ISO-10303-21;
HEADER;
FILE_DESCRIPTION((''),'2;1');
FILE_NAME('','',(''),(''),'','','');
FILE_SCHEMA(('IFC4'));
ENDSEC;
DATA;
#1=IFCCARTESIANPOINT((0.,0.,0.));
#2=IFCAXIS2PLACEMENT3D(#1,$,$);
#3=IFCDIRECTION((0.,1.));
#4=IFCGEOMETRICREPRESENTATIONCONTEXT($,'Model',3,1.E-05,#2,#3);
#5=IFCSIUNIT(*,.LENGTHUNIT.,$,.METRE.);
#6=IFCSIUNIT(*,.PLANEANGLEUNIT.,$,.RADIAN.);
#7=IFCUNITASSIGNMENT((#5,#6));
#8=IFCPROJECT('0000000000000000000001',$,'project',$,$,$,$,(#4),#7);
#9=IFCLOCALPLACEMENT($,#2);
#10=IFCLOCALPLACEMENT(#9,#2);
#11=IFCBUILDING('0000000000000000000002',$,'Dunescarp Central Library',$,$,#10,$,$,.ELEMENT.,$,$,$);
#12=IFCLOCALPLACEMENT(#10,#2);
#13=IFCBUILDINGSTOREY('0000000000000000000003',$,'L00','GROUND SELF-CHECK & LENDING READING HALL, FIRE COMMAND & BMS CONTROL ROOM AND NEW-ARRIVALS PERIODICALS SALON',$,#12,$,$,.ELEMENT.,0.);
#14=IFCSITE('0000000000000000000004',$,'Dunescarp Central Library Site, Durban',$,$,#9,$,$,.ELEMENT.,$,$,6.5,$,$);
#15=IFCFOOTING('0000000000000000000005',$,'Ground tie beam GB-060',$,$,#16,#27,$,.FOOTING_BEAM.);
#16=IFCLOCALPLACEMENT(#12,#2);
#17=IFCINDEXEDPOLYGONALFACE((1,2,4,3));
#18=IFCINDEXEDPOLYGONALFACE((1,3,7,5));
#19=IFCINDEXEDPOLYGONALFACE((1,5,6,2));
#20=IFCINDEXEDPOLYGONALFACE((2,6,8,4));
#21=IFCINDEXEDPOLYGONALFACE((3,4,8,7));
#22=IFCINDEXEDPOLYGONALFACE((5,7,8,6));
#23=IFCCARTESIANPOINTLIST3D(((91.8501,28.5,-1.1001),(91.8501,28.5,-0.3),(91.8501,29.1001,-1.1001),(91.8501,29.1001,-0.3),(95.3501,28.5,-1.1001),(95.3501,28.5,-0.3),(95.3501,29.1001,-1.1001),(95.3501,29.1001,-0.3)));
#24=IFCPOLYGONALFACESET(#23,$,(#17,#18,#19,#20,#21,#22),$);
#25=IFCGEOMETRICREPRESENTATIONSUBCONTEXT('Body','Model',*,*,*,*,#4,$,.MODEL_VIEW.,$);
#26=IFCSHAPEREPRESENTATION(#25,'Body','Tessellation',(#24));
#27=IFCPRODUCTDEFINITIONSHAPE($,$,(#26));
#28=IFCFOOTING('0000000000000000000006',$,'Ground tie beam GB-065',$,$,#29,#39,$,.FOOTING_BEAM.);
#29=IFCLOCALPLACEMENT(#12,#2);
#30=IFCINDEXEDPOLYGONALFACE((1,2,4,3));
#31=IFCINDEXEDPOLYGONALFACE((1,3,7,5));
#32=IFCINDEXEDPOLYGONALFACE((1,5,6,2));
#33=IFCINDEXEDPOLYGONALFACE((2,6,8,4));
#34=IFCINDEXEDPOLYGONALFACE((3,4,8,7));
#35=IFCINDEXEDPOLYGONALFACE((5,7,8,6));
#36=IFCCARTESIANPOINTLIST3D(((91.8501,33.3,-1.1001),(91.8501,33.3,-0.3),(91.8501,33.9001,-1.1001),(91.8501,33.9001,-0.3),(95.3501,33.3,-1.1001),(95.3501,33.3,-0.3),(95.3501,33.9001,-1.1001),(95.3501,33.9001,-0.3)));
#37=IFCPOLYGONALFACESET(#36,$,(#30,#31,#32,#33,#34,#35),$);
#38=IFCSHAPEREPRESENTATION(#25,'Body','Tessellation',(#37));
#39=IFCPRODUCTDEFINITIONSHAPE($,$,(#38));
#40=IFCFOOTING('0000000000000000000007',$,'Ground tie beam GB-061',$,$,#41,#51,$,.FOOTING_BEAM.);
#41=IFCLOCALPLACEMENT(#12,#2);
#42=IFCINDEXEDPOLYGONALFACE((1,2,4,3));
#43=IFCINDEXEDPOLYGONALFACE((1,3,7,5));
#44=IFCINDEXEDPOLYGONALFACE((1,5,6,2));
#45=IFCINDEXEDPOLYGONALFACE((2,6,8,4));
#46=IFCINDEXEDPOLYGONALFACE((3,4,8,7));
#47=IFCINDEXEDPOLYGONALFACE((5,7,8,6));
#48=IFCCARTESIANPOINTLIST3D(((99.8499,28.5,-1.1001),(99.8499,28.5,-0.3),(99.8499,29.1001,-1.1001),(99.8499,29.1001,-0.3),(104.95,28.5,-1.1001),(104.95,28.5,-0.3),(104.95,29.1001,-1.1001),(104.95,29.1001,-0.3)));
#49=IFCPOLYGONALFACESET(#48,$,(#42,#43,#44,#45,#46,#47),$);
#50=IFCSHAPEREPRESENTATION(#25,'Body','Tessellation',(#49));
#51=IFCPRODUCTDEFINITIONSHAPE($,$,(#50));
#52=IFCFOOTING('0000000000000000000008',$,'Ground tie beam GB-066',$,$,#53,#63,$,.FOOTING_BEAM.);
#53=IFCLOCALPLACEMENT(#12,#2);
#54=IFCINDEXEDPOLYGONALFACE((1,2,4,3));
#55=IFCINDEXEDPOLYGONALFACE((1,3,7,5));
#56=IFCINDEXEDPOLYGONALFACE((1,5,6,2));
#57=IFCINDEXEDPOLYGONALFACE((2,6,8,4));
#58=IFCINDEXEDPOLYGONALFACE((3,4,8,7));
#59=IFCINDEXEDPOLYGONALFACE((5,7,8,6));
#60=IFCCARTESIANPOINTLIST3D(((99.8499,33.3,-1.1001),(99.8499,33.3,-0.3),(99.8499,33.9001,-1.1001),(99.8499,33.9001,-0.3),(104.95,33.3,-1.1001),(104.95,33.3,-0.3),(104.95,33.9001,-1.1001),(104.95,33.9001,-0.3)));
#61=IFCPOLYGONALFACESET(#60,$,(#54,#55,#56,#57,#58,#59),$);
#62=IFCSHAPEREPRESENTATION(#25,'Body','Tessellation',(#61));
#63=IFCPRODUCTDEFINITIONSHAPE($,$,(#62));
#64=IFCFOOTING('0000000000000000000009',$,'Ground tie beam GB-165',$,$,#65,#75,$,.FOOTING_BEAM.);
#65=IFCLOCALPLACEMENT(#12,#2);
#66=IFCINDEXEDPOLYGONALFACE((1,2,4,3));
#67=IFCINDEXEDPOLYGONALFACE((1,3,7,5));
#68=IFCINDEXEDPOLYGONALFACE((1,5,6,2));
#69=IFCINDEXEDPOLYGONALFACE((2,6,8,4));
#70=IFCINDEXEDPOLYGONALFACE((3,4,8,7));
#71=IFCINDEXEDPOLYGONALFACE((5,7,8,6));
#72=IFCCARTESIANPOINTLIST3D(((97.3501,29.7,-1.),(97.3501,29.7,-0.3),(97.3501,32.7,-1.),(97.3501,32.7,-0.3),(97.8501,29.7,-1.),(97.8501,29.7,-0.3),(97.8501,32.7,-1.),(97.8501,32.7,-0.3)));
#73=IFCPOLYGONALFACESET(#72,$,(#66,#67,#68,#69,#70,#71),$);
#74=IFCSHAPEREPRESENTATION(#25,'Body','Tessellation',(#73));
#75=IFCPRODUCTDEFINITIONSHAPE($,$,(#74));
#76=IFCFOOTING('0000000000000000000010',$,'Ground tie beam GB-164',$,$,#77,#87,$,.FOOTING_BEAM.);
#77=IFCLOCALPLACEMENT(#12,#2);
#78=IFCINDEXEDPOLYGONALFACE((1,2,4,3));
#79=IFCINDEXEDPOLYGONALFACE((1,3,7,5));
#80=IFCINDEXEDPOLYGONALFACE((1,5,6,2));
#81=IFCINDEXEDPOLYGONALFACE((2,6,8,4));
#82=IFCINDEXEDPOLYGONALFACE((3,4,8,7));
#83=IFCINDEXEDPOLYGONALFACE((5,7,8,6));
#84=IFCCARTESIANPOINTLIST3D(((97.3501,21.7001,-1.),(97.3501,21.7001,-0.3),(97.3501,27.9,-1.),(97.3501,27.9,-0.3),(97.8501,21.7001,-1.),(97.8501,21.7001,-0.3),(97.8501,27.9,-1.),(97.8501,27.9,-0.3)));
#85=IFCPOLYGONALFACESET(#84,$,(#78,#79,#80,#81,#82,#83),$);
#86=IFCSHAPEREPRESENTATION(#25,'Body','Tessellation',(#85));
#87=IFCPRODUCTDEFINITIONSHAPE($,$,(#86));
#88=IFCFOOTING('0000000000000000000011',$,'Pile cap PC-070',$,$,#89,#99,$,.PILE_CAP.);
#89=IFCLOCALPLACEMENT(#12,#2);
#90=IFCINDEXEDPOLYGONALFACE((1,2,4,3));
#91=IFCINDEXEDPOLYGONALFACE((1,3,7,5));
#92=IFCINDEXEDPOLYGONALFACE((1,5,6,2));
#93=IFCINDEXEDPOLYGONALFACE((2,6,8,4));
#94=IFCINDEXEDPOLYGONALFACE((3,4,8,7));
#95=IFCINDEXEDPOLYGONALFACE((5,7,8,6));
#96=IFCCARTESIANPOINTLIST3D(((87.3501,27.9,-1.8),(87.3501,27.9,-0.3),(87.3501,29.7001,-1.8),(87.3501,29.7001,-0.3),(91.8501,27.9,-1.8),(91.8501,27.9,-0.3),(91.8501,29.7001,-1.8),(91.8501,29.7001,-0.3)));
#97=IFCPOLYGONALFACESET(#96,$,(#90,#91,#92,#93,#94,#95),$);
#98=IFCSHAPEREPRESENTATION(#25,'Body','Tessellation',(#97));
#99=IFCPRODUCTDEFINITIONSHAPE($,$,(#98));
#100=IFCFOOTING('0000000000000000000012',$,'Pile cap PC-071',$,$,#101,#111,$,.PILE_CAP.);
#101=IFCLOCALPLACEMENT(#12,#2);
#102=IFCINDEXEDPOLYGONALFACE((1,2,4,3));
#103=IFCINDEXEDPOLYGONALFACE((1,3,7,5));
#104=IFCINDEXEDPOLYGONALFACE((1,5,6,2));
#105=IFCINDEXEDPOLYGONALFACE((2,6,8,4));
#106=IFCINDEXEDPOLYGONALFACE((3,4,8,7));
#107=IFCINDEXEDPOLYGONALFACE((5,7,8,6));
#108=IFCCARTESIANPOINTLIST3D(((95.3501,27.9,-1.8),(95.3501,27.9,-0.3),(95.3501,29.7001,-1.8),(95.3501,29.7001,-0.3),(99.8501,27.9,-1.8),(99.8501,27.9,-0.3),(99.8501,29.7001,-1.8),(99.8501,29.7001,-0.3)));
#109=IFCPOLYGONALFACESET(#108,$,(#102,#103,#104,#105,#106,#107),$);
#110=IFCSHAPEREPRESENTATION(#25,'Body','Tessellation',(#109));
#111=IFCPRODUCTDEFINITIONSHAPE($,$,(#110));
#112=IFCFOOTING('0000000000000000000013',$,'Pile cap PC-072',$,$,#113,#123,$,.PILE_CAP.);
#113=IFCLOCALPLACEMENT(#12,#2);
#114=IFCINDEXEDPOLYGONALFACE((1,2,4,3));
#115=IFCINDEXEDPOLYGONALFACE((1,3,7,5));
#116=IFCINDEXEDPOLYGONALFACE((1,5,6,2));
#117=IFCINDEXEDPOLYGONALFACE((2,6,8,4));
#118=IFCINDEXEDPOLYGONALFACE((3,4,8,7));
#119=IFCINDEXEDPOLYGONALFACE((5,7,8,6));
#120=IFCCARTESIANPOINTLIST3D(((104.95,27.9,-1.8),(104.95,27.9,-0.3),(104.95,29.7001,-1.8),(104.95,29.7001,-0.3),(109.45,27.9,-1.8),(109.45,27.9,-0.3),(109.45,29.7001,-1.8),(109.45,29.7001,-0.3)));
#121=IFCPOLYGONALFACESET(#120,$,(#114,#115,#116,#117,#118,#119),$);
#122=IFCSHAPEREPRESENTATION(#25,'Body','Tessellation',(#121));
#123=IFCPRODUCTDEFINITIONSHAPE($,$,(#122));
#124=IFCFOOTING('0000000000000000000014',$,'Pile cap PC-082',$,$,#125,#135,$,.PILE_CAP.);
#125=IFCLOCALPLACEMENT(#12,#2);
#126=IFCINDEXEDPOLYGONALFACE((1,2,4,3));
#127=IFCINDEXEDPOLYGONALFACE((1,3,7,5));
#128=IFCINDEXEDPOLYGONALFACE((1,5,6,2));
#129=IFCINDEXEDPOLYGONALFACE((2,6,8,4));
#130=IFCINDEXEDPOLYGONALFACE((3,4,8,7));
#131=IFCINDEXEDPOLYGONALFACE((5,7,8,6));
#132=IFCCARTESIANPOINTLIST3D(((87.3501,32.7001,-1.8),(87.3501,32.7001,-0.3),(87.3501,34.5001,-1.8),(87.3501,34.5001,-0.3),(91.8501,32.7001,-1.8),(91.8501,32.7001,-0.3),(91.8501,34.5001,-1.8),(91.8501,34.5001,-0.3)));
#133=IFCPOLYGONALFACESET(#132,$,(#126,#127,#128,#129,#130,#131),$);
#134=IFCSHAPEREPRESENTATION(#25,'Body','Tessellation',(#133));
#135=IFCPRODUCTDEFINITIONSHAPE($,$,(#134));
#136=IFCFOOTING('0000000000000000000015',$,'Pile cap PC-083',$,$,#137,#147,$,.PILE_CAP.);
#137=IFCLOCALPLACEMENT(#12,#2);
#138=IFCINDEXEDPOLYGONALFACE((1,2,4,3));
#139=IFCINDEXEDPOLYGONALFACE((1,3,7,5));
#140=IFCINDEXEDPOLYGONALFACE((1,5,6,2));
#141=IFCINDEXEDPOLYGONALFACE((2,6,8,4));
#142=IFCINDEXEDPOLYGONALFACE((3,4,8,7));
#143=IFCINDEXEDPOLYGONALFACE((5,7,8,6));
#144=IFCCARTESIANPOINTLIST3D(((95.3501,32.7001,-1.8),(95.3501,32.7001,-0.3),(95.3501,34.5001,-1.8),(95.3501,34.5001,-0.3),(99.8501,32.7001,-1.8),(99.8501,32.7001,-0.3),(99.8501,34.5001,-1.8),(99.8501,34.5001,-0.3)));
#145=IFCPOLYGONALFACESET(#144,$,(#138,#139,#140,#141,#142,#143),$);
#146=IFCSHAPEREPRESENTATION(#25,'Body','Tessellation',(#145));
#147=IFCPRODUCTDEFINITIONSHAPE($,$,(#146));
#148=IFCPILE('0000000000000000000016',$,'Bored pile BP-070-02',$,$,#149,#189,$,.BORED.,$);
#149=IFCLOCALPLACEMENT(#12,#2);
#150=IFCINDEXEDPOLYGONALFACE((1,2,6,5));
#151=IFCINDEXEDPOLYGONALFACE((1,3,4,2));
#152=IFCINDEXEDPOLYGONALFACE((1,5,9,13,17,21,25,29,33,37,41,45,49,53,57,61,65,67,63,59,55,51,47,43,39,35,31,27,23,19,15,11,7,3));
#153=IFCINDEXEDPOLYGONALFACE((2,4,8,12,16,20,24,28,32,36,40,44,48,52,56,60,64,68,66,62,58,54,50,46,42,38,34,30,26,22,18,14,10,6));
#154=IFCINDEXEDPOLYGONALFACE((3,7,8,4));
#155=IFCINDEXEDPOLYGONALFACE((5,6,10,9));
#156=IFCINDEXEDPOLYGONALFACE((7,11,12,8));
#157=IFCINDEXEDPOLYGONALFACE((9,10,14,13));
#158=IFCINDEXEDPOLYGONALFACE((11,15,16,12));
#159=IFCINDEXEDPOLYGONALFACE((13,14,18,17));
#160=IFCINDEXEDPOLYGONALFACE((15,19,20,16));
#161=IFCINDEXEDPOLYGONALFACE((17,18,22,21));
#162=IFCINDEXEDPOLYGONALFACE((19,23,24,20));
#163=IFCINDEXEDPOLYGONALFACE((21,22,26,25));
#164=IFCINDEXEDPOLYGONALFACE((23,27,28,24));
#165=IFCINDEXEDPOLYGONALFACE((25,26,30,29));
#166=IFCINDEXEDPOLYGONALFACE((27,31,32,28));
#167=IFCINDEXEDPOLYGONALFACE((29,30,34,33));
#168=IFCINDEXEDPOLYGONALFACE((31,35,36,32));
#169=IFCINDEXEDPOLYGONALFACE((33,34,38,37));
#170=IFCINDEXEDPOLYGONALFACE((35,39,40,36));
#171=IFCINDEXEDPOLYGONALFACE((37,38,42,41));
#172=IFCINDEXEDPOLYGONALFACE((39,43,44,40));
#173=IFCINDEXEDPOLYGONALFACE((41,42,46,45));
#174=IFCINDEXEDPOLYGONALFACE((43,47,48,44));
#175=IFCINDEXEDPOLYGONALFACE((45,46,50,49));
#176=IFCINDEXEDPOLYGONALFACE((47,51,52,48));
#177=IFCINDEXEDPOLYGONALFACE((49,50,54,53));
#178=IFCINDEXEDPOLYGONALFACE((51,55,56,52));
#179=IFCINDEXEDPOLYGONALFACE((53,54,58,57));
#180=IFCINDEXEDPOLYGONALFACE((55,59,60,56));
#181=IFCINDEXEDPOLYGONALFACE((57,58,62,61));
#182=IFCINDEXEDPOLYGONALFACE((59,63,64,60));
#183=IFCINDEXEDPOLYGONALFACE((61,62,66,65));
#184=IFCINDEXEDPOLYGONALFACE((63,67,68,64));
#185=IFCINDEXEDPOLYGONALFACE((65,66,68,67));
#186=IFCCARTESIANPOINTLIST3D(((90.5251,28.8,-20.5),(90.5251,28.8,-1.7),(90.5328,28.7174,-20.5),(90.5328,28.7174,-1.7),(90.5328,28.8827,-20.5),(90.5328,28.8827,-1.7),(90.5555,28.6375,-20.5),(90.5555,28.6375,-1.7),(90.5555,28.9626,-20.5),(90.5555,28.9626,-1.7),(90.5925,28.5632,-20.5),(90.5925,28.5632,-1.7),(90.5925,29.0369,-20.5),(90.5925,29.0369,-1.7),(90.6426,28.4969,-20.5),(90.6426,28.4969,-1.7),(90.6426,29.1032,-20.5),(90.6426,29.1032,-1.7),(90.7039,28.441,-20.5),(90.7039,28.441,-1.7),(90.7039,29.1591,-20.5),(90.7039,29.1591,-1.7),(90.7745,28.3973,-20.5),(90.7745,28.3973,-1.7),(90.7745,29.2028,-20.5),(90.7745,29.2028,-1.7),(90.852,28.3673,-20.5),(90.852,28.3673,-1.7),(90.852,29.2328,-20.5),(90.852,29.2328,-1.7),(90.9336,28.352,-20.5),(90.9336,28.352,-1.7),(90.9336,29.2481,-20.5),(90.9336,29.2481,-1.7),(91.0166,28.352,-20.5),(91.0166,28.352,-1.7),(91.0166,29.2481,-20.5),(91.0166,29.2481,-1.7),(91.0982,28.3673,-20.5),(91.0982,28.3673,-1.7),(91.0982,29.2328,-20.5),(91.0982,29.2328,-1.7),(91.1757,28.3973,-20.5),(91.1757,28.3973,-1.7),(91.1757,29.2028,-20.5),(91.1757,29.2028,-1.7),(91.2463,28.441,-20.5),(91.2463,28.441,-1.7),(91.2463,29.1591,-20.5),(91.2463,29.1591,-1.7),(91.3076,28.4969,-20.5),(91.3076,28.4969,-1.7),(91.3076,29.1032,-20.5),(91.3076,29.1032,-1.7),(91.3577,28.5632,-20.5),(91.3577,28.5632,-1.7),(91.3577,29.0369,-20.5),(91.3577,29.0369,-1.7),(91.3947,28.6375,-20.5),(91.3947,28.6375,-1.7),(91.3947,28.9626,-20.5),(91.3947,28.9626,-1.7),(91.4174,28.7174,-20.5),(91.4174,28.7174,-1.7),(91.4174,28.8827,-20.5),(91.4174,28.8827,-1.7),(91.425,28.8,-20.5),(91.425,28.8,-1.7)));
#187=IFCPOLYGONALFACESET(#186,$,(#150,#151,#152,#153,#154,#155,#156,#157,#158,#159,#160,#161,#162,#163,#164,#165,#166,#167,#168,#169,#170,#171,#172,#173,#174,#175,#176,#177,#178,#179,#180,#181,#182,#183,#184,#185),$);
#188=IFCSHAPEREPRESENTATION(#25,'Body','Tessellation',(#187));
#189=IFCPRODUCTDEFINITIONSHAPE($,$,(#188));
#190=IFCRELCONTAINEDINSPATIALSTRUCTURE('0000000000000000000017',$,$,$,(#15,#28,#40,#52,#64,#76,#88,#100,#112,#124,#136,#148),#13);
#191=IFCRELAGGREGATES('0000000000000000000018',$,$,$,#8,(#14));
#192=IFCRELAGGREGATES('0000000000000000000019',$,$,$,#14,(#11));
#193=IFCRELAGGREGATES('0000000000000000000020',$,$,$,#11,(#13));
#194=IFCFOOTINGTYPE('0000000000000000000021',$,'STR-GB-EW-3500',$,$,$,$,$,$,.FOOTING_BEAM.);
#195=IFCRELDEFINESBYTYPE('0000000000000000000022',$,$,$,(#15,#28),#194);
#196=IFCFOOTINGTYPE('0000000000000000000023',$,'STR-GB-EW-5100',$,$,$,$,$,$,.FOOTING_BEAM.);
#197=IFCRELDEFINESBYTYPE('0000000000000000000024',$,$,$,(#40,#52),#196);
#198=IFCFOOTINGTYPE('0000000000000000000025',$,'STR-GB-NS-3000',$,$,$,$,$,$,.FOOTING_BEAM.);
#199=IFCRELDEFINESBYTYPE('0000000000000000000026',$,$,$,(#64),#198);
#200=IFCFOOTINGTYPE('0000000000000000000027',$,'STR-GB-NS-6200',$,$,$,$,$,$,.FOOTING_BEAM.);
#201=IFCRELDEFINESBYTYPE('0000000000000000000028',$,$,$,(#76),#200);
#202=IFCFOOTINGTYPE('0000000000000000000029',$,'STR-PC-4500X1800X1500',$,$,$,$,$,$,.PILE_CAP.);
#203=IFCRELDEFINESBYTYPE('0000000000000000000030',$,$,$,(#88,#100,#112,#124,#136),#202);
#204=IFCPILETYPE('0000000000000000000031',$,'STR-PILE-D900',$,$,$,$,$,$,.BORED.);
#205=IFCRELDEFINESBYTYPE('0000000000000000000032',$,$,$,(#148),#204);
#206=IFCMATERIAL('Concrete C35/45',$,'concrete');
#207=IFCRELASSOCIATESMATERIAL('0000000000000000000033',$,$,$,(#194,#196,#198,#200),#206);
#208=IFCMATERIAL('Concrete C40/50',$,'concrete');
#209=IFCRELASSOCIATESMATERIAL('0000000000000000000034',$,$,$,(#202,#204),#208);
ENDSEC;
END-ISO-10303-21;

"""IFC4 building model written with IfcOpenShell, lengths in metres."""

from ifc_helpers import new_model, si_unit, direction, frame, origin, origin_2d, place, context, subcontext, project, spatial, rectangle, circle, extrude, material, material_profile, profile_set, type_object, element, save


model = new_model("IFC4")

# Units and contexts
model_context = context("Model", 3, precision=1e-05, world=origin(), true_north=direction((0.0, 1.0)))
body_context = subcontext(model_context, "Body", "Model", "MODEL_VIEW")
ifc_project = project(units=[si_unit("LENGTHUNIT", "METRE"), si_unit("PLANEANGLEUNIT", "RADIAN")], contexts=[model_context])

# Site, building, storey
site_placement = place(None, origin())
site = spatial("IfcSite", under=ifc_project, at=site_placement, Name="Dunescarp Central Library Site, Durban", CompositionType="ELEMENT", RefElevation=6.5)
building_placement = place(site_placement, origin())
building = spatial("IfcBuilding", under=site, at=building_placement, Name="Dunescarp Central Library", CompositionType="ELEMENT")
storey_placement = place(building_placement, origin())
storey = spatial("IfcBuildingStorey", under=building, at=storey_placement, Name="L00", Description="GROUND SELF-CHECK & LENDING READING HALL, FIRE COMMAND & BMS CONTROL ROOM AND NEW-ARRIVALS PERIODICALS SALON", CompositionType="ELEMENT", Elevation=0.0)

# Footings
ifc_material_1 = material(Name="Concrete C35/45", Category="concrete")
footing_type_1 = type_object("IfcFootingType", Name="STR-GB-EW-3500", PredefinedType="FOOTING_BEAM", material=ifc_material_1)
for number, where, z_axis, x_axis, name in (
    (1, (93.6001, 28.8, -1.1001), (0.0, 0.0, 1.0), (1.0, 0.0, 0.0), "Ground tie beam GB-060"),
    (2, (93.6001, 33.6001, -1.1001), (0.0, 0.0, 1.0), (1.0, 0.0, 0.0), "Ground tie beam GB-065"),
):
    element("IfcFooting", number, at=place(storey_placement, frame(where, z_axis=z_axis, x_axis=x_axis)), inside=storey, type_object=footing_type_1, Name=name, PredefinedType="FOOTING_BEAM", context=body_context, shape_type="SweptSolid", body=[
        extrude(rectangle(XDim=3.5, YDim=0.6001, at=origin_2d()), origin(), (0.0, 0.0, 1.0), 0.8),
    ])
footing_type_2 = type_object("IfcFootingType", Name="STR-GB-EW-5100", PredefinedType="FOOTING_BEAM", material=ifc_material_1)
for number, where, z_axis, x_axis, name in (
    (3, (102.3999, 28.8, -1.1001), (0.0, 0.0, 1.0), (1.0, 0.0, 0.0), "Ground tie beam GB-061"),
    (4, (102.3999, 33.6001, -1.1001), (0.0, 0.0, 1.0), (1.0, 0.0, 0.0), "Ground tie beam GB-066"),
):
    element("IfcFooting", number, at=place(storey_placement, frame(where, z_axis=z_axis, x_axis=x_axis)), inside=storey, type_object=footing_type_2, Name=name, PredefinedType="FOOTING_BEAM", context=body_context, shape_type="SweptSolid", body=[
        extrude(rectangle(XDim=5.1001, YDim=0.6001, at=origin_2d()), origin(), (0.0, 0.0, 1.0), 0.8),
    ])
footing_type_3 = type_object("IfcFootingType", Name="STR-GB-NS-3000", PredefinedType="FOOTING_BEAM", material=ifc_material_1)
footing_1_placement = place(storey_placement, frame((97.6001, 31.2, -1.0), z_axis=(0.0, 0.0, 1.0), x_axis=(0.0, 1.0, 0.0)))
element("IfcFooting", 5, at=footing_1_placement, inside=storey, type_object=footing_type_3, Name="Ground tie beam GB-165", PredefinedType="FOOTING_BEAM", context=body_context, shape_type="SweptSolid", body=[
    extrude(rectangle(XDim=3.0, YDim=0.5, at=origin_2d()), origin(), (0.0, 0.0, 1.0), 0.7),
])
footing_type_4 = type_object("IfcFootingType", Name="STR-GB-NS-6200", PredefinedType="FOOTING_BEAM", material=ifc_material_1)
footing_2_placement = place(storey_placement, frame((97.6001, 24.8, -1.0), z_axis=(0.0, 0.0, 1.0), x_axis=(0.0, 1.0, 0.0)))
element("IfcFooting", 6, at=footing_2_placement, inside=storey, type_object=footing_type_4, Name="Ground tie beam GB-164", PredefinedType="FOOTING_BEAM", context=body_context, shape_type="SweptSolid", body=[
    extrude(rectangle(XDim=6.2, YDim=0.5, at=origin_2d()), origin(), (0.0, 0.0, 1.0), 0.7),
])
ifc_material_2 = material(Name="Concrete C40/50", Category="concrete")
footing_type_5 = type_object("IfcFootingType", Name="STR-PC-4500X1800X1500", PredefinedType="PILE_CAP", material=ifc_material_2)
for number, where, z_axis, x_axis, name in (
    (7, (89.6001, 28.8, -1.8), (0.0, 0.0, 1.0), (1.0, 0.0, 0.0), "Pile cap PC-070"),
    (8, (97.6001, 28.8, -1.8), (0.0, 0.0, 1.0), (1.0, 0.0, 0.0), "Pile cap PC-071"),
    (9, (107.2, 28.8, -1.8), (0.0, 0.0, 1.0), (1.0, 0.0, 0.0), "Pile cap PC-072"),
    (10, (89.6001, 33.6001, -1.8), (0.0, 0.0, 1.0), (1.0, 0.0, 0.0), "Pile cap PC-082"),
    (11, (97.6001, 33.6001, -1.8), (0.0, 0.0, 1.0), (1.0, 0.0, 0.0), "Pile cap PC-083"),
):
    element("IfcFooting", number, at=place(storey_placement, frame(where, z_axis=z_axis, x_axis=x_axis)), inside=storey, type_object=footing_type_5, Name=name, PredefinedType="PILE_CAP", context=body_context, shape_type="SweptSolid", body=[
        extrude(rectangle(XDim=4.5, YDim=1.8, at=origin_2d()), origin(), (0.0, 0.0, 1.0), 1.5),
    ])

# Pile
ifc_material_profile_1 = material_profile(ifc_material_2, circle(Radius=0.45, at=origin_2d()), Name="PILE D900")
ifc_profile_set_1 = profile_set([ifc_material_profile_1], Name="Concrete C40/50")
pile_type = type_object("IfcPileType", Name="STR-PILE-D900", PredefinedType="BORED", material=ifc_profile_set_1)
for number, where, z_axis, x_axis, name in (
    (12, (90.9751, 28.8, -1.7), (0.0, 0.0, -1.0), (1.0, 0.0, 0.0), "Bored pile BP-070-02"),
):
    element("IfcPile", number, at=place(storey_placement, frame(where, z_axis=z_axis, x_axis=x_axis)), inside=storey, type_object=pile_type, Name=name, PredefinedType="BORED", context=body_context, shape_type="SweptSolid", body=[
        extrude(circle(Radius=0.45, at=origin_2d()), origin(), (0.0, 0.0, 1.0), 18.8),
    ])

save(model, "model.ifc")
